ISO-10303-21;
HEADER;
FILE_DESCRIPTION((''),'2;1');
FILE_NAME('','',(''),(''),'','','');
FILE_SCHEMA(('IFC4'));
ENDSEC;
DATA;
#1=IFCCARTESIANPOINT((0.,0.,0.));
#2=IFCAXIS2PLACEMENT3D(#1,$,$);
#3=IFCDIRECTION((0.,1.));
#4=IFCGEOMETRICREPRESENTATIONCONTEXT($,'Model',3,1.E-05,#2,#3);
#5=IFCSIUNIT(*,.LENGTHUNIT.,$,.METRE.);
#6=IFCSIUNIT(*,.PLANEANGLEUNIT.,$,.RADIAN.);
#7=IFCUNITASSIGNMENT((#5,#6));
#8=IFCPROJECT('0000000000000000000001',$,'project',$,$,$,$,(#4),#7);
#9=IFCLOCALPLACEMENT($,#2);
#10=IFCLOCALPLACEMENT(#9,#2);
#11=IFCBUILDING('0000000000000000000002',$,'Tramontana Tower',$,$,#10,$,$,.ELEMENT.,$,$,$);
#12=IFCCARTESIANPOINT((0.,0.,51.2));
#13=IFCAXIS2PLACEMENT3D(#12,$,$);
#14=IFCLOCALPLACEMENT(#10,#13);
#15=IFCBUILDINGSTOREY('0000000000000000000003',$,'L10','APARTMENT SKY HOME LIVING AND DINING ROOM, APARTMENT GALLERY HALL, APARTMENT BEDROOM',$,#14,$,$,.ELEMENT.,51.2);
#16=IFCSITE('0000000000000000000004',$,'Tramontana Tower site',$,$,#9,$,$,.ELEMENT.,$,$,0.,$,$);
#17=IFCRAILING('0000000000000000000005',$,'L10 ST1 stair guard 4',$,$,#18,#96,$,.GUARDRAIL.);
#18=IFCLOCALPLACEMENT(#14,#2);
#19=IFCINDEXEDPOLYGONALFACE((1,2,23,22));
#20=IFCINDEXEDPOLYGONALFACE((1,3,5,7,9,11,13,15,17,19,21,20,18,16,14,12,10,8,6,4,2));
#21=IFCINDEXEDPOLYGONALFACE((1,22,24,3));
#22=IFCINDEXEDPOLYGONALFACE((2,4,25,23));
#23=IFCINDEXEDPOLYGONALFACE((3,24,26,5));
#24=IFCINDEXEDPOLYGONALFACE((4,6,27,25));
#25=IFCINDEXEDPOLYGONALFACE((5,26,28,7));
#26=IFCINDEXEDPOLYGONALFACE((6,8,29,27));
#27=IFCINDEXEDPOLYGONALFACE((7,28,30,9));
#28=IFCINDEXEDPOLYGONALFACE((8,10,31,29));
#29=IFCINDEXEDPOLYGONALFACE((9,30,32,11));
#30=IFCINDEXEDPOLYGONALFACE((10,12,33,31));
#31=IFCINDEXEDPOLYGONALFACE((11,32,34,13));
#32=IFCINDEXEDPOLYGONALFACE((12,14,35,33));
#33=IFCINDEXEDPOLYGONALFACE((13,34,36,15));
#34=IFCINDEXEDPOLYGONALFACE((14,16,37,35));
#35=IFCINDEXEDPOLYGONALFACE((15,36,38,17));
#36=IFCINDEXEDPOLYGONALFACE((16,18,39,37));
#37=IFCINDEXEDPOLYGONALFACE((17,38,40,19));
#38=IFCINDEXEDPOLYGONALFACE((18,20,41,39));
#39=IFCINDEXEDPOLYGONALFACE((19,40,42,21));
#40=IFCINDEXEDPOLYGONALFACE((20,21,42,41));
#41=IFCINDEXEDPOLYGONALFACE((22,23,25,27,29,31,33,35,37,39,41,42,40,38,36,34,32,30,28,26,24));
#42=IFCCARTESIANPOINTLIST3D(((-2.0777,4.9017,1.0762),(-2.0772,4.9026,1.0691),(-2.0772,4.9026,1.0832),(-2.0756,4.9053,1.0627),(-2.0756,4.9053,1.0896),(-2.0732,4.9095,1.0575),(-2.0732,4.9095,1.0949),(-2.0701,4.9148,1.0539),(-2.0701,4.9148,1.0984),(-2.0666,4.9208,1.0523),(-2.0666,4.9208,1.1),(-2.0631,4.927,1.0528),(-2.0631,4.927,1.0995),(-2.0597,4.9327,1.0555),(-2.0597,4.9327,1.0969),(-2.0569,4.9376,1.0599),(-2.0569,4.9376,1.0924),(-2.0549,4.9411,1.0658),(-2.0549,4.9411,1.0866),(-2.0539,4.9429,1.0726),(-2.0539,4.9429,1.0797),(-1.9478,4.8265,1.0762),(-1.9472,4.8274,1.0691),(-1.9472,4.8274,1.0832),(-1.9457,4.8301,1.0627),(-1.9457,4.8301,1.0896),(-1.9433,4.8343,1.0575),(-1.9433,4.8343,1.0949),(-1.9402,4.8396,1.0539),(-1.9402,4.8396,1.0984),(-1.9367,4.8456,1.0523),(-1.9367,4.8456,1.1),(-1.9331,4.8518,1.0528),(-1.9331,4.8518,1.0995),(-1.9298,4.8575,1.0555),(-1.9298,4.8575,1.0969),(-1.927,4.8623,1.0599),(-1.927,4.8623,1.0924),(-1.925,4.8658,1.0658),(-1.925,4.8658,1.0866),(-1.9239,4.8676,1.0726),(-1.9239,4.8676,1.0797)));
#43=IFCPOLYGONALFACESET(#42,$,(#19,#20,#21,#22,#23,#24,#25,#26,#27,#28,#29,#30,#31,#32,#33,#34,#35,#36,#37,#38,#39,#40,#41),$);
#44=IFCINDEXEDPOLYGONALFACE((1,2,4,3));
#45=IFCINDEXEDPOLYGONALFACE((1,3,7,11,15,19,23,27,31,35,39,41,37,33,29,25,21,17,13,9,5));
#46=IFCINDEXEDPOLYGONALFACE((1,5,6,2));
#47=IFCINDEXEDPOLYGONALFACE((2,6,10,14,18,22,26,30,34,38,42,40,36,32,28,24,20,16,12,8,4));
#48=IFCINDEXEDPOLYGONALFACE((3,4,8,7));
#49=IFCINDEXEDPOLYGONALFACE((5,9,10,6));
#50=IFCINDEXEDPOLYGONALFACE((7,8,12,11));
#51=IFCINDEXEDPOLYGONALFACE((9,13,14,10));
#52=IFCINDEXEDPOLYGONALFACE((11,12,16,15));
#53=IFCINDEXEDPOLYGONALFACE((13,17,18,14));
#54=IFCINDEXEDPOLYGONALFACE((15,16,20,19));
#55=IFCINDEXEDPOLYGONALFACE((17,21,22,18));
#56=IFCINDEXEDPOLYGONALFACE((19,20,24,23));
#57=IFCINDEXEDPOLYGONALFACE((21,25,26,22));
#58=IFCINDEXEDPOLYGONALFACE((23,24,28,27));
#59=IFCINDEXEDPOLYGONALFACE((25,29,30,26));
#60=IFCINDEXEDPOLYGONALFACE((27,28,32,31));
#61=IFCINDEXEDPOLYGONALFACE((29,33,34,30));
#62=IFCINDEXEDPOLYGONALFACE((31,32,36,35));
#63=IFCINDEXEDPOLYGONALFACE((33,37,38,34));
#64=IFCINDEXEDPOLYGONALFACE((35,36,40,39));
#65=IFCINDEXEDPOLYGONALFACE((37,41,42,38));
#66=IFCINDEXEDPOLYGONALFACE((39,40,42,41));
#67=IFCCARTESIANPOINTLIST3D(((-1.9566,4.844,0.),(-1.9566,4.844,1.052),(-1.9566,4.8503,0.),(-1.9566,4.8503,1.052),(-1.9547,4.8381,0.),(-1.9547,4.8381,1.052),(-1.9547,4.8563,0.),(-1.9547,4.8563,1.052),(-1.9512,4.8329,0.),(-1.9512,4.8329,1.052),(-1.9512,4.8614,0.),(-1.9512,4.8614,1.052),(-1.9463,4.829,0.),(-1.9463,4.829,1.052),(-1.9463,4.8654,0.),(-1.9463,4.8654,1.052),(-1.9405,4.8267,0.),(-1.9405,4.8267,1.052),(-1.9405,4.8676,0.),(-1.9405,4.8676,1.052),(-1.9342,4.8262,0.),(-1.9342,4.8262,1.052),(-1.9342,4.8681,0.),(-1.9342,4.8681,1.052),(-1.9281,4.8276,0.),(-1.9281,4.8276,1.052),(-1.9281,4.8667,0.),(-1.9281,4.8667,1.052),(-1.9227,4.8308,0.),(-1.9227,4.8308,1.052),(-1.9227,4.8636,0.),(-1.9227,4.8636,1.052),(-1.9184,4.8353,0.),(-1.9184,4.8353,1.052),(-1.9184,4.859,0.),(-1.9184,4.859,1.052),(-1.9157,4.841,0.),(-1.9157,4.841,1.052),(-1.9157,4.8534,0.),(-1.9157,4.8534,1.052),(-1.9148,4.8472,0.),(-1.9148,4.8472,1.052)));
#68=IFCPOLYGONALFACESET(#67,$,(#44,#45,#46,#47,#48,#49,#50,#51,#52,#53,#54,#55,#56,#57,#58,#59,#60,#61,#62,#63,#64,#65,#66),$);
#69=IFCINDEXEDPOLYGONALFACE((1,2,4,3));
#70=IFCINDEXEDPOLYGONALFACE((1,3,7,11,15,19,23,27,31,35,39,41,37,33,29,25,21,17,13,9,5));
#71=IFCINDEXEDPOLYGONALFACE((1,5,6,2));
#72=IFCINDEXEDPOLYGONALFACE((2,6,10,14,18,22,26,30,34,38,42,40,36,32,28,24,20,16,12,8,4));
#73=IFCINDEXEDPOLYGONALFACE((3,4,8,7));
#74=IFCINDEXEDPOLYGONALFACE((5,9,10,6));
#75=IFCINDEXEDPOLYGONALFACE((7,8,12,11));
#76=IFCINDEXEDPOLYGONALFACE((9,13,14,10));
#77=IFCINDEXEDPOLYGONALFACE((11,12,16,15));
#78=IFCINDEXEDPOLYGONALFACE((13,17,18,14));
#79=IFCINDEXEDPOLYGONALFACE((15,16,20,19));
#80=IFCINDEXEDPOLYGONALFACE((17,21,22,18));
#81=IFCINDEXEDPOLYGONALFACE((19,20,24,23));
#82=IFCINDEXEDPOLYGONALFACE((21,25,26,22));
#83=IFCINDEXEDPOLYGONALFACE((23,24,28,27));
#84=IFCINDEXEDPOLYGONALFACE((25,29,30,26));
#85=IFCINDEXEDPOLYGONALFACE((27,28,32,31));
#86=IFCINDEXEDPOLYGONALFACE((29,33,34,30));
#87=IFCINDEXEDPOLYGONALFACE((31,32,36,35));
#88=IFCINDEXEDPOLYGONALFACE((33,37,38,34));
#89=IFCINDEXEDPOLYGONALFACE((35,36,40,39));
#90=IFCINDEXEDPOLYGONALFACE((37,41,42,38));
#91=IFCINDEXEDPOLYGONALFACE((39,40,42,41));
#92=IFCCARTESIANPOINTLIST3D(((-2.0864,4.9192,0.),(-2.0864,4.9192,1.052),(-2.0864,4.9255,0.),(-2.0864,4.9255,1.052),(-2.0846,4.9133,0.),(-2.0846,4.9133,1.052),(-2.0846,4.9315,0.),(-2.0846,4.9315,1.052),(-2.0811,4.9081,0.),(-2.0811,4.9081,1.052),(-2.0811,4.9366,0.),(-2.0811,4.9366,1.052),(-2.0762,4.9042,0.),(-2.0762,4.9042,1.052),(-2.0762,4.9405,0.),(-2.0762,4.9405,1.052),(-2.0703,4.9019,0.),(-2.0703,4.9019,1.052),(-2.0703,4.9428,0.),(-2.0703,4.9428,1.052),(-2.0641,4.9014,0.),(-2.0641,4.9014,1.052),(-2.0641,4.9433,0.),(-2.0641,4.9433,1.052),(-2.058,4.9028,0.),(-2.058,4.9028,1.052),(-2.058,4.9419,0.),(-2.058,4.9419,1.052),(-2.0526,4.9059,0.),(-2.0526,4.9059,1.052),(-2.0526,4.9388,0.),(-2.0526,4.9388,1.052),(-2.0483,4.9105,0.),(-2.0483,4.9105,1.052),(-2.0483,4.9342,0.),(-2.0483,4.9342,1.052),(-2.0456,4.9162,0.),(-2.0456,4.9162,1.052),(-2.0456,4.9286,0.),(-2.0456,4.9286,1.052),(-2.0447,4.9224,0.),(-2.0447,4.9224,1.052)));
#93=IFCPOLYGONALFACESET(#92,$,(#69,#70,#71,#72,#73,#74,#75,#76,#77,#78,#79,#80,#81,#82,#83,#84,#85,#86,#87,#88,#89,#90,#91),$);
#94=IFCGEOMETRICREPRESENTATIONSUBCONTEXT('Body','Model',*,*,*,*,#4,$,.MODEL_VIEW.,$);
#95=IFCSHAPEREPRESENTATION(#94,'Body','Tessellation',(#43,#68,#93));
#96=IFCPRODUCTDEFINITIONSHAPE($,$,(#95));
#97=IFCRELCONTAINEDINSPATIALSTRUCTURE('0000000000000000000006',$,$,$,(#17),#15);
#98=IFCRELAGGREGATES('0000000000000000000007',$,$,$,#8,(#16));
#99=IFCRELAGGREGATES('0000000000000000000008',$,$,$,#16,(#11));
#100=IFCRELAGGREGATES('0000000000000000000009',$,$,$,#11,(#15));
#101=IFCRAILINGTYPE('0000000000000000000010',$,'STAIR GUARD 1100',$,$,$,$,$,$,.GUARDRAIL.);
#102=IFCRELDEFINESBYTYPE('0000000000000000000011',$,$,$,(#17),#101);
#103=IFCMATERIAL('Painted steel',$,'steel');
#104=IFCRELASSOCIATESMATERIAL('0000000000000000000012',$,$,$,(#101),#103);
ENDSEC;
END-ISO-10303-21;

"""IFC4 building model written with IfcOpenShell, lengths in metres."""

from ifc_helpers import new_model, si_unit, direction, frame, origin, origin_2d, place, context, subcontext, project, spatial, circle, extrude, material, type_object, element, save


model = new_model("IFC4")

# Units and contexts
model_context = context("Model", 3, precision=1e-05, world=origin(), true_north=direction((0.0, 1.0)))
body_context = subcontext(model_context, "Body", "Model", "MODEL_VIEW")
ifc_project = project(units=[si_unit("LENGTHUNIT", "METRE"), si_unit("PLANEANGLEUNIT", "RADIAN")], contexts=[model_context])

# Site, building, storey
site_placement = place(None, origin())
site = spatial("IfcSite", under=ifc_project, at=site_placement, Name="Tramontana Tower site", CompositionType="ELEMENT", RefElevation=0.0)
building_placement = place(site_placement, origin())
building = spatial("IfcBuilding", under=site, at=building_placement, Name="Tramontana Tower", CompositionType="ELEMENT")
storey_placement = place(building_placement, frame((0.0, 0.0, 51.2)))
storey = spatial("IfcBuildingStorey", under=building, at=storey_placement, Name="L10", Description="APARTMENT SKY HOME LIVING AND DINING ROOM, APARTMENT GALLERY HALL, APARTMENT BEDROOM", CompositionType="ELEMENT", Elevation=51.2)

# Railing
ifc_material_1 = material(Name="Painted steel", Category="steel")
railing_type_1 = type_object("IfcRailingType", Name="STAIR GUARD 1100", PredefinedType="GUARDRAIL", material=ifc_material_1)
railing_1_placement = place(storey_placement, frame((-1.9358, 4.8472, 0.0)))
element("IfcRailing", 1, at=railing_1_placement, inside=storey, type_object=railing_type_1, Name="L10 ST1 stair guard 4", PredefinedType="GUARDRAIL", context=body_context, shape_type="SweptSolid", body=[
    extrude(circle(Radius=0.0239, at=origin_2d()), frame((0.0, 0.0, 1.0762), z_axis=(-0.865426, 0.501036, 0.0), x_axis=(-0.501036, -0.865426, 0.0)), (0.0, 0.0, 1.0), 0.1501),
    extrude(circle(Radius=0.021, at=origin_2d()), origin(), (0.0, 0.0, 1.0), 1.052),
    extrude(circle(Radius=0.021, at=origin_2d()), frame((-0.1299, 0.0752, 0.0)), (0.0, 0.0, 1.0), 1.052),
])

save(model, "model.ifc")
